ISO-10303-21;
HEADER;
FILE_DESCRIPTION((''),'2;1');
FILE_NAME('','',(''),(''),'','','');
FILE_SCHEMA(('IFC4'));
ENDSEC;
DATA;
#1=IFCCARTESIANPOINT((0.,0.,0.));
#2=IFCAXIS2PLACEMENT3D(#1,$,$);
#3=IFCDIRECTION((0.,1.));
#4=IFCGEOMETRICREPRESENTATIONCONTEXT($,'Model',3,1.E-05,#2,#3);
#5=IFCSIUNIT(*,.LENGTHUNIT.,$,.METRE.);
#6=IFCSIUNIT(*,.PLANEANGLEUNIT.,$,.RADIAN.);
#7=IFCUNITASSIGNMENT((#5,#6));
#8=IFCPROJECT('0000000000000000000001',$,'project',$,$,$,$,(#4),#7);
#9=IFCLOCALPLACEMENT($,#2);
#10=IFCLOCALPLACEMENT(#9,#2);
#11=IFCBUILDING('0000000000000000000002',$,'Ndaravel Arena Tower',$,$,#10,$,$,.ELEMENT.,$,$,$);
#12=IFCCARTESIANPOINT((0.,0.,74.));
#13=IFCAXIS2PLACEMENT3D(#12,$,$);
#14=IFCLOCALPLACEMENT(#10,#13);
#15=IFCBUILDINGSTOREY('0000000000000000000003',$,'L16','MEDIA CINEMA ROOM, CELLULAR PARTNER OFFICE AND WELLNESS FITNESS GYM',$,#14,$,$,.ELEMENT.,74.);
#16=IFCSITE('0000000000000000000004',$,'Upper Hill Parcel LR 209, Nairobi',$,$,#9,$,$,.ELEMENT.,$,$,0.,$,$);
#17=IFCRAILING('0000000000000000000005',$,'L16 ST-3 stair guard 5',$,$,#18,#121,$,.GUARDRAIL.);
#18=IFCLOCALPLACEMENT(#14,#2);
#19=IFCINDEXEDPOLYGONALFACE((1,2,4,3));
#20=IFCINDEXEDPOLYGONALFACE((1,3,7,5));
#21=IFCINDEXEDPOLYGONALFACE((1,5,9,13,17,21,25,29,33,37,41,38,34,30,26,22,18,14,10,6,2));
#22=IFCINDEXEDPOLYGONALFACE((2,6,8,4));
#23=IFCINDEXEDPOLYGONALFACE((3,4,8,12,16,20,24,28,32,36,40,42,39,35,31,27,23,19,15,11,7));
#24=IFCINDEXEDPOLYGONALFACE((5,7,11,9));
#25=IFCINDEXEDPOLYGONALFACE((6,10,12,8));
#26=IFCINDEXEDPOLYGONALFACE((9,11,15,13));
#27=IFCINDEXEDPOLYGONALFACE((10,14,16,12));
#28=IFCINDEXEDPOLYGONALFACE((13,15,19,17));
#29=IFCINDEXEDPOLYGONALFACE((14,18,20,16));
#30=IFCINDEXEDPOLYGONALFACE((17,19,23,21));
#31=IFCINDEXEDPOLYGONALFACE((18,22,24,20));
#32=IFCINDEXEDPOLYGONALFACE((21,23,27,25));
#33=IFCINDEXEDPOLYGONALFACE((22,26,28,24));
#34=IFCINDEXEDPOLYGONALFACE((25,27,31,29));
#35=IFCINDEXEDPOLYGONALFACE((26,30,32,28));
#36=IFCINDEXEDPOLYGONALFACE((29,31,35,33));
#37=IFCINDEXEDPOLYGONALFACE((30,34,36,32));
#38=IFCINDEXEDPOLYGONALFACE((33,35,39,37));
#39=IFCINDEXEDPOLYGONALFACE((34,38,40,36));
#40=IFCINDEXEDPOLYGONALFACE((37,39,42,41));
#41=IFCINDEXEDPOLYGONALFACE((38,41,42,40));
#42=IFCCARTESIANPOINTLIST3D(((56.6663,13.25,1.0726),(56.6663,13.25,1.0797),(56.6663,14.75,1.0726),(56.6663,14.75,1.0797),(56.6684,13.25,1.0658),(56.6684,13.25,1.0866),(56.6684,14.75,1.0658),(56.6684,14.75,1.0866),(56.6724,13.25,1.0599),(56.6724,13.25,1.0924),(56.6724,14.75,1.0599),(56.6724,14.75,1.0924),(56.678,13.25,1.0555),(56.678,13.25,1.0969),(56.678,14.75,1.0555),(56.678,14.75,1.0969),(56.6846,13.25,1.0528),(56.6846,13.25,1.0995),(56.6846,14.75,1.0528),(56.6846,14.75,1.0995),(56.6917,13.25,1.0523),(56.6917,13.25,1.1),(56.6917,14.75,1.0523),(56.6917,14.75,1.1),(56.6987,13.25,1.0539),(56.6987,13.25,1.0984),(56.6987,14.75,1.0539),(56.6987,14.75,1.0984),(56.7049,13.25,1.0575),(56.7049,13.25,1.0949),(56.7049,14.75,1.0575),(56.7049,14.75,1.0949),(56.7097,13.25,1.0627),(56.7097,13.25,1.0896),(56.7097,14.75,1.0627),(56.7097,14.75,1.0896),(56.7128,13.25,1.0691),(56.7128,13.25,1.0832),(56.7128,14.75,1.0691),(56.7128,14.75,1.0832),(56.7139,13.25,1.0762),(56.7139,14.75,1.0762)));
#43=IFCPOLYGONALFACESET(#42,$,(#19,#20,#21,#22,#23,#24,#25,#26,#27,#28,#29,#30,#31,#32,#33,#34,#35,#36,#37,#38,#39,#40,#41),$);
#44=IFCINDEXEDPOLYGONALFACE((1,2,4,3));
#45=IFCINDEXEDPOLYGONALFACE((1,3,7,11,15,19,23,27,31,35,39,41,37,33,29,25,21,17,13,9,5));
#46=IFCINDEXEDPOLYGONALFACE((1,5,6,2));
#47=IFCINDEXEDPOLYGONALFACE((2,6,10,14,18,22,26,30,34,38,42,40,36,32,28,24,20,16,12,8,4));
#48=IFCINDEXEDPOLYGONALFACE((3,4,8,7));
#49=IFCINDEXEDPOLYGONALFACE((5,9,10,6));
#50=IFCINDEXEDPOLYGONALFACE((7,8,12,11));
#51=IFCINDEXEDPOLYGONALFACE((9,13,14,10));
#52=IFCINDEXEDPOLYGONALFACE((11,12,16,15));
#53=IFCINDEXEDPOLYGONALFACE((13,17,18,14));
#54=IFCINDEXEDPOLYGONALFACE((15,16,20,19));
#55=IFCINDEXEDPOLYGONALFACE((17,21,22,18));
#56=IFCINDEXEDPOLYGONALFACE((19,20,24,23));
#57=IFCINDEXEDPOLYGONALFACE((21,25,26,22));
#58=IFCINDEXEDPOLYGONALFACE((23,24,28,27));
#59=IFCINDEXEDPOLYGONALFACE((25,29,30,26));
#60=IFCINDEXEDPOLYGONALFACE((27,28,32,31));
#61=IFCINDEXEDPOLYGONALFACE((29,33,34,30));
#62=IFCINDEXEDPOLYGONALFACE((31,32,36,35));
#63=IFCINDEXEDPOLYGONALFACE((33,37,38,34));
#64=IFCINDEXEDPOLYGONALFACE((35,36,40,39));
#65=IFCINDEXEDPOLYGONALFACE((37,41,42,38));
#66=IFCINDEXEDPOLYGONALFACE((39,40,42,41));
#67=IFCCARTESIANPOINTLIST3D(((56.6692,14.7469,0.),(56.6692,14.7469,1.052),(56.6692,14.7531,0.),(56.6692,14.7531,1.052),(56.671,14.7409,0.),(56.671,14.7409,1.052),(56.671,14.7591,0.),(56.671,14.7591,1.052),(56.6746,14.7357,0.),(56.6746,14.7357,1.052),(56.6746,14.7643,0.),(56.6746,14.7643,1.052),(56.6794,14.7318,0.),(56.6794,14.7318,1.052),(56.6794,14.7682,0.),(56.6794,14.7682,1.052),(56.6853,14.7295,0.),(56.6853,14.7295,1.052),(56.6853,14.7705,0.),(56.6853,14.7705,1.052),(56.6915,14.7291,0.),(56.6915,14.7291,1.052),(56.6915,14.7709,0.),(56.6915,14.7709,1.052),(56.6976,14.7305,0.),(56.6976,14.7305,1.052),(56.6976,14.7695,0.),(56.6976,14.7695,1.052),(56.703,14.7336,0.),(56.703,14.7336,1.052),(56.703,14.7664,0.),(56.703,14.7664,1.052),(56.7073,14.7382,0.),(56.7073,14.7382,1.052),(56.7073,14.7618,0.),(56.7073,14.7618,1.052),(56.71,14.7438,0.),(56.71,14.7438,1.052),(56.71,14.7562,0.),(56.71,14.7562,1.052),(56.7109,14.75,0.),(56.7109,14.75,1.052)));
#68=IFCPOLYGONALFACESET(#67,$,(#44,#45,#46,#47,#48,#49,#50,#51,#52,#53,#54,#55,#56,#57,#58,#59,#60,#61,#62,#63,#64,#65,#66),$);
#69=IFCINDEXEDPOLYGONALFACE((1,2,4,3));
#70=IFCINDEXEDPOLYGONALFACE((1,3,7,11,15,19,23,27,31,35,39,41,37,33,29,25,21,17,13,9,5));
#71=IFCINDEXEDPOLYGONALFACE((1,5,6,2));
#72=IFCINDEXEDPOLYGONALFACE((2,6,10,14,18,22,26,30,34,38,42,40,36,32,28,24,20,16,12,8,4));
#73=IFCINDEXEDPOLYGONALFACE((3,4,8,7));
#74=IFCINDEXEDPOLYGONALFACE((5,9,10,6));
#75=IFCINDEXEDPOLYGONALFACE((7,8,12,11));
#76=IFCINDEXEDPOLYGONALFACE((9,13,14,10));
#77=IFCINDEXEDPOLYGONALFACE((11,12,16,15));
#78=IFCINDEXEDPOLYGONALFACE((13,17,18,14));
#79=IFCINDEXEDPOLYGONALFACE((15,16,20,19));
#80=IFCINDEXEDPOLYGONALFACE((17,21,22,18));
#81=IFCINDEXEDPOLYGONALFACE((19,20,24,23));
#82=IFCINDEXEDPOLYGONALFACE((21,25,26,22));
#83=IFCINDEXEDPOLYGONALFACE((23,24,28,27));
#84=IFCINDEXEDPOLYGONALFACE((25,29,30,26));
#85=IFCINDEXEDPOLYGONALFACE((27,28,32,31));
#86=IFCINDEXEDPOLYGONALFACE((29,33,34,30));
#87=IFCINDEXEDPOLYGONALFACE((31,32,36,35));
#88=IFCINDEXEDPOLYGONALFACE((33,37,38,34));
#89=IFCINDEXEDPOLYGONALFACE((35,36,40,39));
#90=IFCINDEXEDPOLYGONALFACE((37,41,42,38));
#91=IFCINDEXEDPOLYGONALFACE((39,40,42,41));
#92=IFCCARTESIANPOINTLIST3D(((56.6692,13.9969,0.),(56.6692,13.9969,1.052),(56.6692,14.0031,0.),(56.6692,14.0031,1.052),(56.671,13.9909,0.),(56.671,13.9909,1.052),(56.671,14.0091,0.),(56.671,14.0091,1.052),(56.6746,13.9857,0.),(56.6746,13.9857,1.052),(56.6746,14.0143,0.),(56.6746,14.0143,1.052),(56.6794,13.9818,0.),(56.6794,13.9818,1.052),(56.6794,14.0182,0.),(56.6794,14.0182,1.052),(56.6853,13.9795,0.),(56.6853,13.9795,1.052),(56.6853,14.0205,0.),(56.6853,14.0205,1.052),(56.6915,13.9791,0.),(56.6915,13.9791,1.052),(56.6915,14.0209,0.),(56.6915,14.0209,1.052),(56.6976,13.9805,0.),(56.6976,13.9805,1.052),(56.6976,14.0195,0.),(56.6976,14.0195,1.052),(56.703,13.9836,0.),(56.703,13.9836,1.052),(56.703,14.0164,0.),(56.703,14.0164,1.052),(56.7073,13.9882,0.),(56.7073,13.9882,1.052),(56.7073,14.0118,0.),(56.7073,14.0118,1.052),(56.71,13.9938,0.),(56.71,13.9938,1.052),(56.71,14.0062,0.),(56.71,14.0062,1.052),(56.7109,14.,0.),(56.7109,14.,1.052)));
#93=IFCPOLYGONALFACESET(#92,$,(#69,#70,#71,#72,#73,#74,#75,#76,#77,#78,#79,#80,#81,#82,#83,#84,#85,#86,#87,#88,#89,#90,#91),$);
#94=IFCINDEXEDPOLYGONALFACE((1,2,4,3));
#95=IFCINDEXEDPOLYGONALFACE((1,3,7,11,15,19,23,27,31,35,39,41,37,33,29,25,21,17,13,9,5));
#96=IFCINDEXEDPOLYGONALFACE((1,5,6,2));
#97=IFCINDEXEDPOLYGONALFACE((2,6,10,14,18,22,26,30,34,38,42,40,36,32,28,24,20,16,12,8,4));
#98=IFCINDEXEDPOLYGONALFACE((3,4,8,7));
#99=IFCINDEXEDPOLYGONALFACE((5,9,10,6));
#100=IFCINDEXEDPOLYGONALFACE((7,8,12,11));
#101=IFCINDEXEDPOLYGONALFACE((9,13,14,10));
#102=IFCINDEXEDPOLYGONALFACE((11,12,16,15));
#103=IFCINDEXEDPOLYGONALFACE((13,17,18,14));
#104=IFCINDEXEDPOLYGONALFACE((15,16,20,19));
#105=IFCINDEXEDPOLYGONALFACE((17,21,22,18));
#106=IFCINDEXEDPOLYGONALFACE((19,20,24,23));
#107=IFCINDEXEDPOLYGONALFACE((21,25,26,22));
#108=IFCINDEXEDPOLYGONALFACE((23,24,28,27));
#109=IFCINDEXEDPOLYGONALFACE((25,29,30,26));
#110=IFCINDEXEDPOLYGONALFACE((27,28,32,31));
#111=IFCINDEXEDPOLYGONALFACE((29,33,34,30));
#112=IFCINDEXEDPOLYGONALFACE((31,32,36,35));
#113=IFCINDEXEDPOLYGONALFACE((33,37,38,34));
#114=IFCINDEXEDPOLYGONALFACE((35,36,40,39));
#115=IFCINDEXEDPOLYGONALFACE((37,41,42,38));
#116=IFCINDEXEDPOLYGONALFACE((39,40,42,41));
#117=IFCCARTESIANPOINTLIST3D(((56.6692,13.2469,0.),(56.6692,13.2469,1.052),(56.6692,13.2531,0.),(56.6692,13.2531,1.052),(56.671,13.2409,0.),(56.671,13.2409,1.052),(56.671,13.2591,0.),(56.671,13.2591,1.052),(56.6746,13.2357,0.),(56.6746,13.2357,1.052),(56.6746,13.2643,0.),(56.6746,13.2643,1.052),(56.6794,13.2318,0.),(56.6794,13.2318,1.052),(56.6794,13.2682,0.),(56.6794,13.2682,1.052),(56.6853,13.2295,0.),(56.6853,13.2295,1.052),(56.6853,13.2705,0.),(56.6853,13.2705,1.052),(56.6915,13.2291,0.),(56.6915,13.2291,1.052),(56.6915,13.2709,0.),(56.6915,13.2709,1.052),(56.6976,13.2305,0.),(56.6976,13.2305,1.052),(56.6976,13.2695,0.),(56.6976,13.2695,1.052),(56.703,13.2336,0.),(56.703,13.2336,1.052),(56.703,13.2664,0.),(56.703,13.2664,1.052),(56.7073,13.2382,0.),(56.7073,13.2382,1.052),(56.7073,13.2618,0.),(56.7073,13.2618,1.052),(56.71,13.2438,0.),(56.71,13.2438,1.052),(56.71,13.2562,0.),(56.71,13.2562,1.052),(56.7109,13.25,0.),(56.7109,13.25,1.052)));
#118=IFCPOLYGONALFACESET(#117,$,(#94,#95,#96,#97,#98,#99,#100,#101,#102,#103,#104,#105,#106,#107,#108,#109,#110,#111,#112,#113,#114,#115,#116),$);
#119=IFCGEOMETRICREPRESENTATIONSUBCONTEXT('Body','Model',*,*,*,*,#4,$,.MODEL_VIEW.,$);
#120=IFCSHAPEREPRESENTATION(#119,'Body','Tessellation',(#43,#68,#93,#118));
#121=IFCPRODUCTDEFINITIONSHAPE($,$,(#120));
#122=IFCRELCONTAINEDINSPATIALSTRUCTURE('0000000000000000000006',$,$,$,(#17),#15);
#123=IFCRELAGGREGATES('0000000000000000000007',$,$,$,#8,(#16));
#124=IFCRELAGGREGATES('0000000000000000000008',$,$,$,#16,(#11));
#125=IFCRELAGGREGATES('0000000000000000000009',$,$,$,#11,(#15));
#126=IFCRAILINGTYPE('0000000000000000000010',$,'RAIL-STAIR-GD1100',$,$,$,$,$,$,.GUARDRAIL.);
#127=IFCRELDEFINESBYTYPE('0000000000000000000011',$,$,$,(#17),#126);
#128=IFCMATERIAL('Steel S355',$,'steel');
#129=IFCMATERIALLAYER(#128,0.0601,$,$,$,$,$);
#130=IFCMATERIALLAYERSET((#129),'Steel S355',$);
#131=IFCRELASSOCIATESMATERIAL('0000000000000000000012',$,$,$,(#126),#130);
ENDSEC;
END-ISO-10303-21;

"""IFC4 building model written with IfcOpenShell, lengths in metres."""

from ifc_helpers import new_model, si_unit, direction, frame, origin, origin_2d, place, context, subcontext, project, spatial, circle, extrude, material, layer, layer_set, type_object, element, save


model = new_model("IFC4")

# Units and contexts
model_context = context("Model", 3, precision=1e-05, world=origin(), true_north=direction((0.0, 1.0)))
body_context = subcontext(model_context, "Body", "Model", "MODEL_VIEW")
ifc_project = project(units=[si_unit("LENGTHUNIT", "METRE"), si_unit("PLANEANGLEUNIT", "RADIAN")], contexts=[model_context])

# Site, building, storey
site_placement = place(None, origin())
site = spatial("IfcSite", under=ifc_project, at=site_placement, Name="Upper Hill Parcel LR 209, Nairobi", CompositionType="ELEMENT", RefElevation=0.0)
building_placement = place(site_placement, origin())
building = spatial("IfcBuilding", under=site, at=building_placement, Name="Ndaravel Arena Tower", CompositionType="ELEMENT")
storey_placement = place(building_placement, frame((0.0, 0.0, 74.0)))
storey = spatial("IfcBuildingStorey", under=building, at=storey_placement, Name="L16", Description="MEDIA CINEMA ROOM, CELLULAR PARTNER OFFICE AND WELLNESS FITNESS GYM", CompositionType="ELEMENT", Elevation=74.0)

# Railing
ifc_material_1 = material(Name="Steel S355", Category="steel")
ifc_layer_1 = layer(ifc_material_1, 0.0601)
ifc_layer_set_1 = layer_set([ifc_layer_1], Name="Steel S355")
railing_type = type_object("IfcRailingType", Name="RAIL-STAIR-GD1100", PredefinedType="GUARDRAIL", material=ifc_layer_set_1)
for number, where, name in (
    (1, (56.6899, 14.75, 0.0), "L16 ST-3 stair guard 5"),
):
    element("IfcRailing", number, at=place(storey_placement, frame(where)), inside=storey, type_object=railing_type, Name=name, PredefinedType="GUARDRAIL", context=body_context, shape_type="SweptSolid", body=[
        extrude(circle(Radius=0.0239, at=origin_2d()), frame((0.0, 0.0, 1.0762), z_axis=(0.0, -1.0, 0.0), x_axis=(1.0, 0.0, 0.0)), (0.0, 0.0, 1.0), 1.5),
        extrude(circle(Radius=0.021, at=origin_2d()), origin(), (0.0, 0.0, 1.0), 1.052),
        extrude(circle(Radius=0.021, at=origin_2d()), frame((0.0, -0.75, 0.0)), (0.0, 0.0, 1.0), 1.052),
        extrude(circle(Radius=0.021, at=origin_2d()), frame((0.0, -1.5, 0.0)), (0.0, 0.0, 1.0), 1.052),
    ])

save(model, "model.ifc")
